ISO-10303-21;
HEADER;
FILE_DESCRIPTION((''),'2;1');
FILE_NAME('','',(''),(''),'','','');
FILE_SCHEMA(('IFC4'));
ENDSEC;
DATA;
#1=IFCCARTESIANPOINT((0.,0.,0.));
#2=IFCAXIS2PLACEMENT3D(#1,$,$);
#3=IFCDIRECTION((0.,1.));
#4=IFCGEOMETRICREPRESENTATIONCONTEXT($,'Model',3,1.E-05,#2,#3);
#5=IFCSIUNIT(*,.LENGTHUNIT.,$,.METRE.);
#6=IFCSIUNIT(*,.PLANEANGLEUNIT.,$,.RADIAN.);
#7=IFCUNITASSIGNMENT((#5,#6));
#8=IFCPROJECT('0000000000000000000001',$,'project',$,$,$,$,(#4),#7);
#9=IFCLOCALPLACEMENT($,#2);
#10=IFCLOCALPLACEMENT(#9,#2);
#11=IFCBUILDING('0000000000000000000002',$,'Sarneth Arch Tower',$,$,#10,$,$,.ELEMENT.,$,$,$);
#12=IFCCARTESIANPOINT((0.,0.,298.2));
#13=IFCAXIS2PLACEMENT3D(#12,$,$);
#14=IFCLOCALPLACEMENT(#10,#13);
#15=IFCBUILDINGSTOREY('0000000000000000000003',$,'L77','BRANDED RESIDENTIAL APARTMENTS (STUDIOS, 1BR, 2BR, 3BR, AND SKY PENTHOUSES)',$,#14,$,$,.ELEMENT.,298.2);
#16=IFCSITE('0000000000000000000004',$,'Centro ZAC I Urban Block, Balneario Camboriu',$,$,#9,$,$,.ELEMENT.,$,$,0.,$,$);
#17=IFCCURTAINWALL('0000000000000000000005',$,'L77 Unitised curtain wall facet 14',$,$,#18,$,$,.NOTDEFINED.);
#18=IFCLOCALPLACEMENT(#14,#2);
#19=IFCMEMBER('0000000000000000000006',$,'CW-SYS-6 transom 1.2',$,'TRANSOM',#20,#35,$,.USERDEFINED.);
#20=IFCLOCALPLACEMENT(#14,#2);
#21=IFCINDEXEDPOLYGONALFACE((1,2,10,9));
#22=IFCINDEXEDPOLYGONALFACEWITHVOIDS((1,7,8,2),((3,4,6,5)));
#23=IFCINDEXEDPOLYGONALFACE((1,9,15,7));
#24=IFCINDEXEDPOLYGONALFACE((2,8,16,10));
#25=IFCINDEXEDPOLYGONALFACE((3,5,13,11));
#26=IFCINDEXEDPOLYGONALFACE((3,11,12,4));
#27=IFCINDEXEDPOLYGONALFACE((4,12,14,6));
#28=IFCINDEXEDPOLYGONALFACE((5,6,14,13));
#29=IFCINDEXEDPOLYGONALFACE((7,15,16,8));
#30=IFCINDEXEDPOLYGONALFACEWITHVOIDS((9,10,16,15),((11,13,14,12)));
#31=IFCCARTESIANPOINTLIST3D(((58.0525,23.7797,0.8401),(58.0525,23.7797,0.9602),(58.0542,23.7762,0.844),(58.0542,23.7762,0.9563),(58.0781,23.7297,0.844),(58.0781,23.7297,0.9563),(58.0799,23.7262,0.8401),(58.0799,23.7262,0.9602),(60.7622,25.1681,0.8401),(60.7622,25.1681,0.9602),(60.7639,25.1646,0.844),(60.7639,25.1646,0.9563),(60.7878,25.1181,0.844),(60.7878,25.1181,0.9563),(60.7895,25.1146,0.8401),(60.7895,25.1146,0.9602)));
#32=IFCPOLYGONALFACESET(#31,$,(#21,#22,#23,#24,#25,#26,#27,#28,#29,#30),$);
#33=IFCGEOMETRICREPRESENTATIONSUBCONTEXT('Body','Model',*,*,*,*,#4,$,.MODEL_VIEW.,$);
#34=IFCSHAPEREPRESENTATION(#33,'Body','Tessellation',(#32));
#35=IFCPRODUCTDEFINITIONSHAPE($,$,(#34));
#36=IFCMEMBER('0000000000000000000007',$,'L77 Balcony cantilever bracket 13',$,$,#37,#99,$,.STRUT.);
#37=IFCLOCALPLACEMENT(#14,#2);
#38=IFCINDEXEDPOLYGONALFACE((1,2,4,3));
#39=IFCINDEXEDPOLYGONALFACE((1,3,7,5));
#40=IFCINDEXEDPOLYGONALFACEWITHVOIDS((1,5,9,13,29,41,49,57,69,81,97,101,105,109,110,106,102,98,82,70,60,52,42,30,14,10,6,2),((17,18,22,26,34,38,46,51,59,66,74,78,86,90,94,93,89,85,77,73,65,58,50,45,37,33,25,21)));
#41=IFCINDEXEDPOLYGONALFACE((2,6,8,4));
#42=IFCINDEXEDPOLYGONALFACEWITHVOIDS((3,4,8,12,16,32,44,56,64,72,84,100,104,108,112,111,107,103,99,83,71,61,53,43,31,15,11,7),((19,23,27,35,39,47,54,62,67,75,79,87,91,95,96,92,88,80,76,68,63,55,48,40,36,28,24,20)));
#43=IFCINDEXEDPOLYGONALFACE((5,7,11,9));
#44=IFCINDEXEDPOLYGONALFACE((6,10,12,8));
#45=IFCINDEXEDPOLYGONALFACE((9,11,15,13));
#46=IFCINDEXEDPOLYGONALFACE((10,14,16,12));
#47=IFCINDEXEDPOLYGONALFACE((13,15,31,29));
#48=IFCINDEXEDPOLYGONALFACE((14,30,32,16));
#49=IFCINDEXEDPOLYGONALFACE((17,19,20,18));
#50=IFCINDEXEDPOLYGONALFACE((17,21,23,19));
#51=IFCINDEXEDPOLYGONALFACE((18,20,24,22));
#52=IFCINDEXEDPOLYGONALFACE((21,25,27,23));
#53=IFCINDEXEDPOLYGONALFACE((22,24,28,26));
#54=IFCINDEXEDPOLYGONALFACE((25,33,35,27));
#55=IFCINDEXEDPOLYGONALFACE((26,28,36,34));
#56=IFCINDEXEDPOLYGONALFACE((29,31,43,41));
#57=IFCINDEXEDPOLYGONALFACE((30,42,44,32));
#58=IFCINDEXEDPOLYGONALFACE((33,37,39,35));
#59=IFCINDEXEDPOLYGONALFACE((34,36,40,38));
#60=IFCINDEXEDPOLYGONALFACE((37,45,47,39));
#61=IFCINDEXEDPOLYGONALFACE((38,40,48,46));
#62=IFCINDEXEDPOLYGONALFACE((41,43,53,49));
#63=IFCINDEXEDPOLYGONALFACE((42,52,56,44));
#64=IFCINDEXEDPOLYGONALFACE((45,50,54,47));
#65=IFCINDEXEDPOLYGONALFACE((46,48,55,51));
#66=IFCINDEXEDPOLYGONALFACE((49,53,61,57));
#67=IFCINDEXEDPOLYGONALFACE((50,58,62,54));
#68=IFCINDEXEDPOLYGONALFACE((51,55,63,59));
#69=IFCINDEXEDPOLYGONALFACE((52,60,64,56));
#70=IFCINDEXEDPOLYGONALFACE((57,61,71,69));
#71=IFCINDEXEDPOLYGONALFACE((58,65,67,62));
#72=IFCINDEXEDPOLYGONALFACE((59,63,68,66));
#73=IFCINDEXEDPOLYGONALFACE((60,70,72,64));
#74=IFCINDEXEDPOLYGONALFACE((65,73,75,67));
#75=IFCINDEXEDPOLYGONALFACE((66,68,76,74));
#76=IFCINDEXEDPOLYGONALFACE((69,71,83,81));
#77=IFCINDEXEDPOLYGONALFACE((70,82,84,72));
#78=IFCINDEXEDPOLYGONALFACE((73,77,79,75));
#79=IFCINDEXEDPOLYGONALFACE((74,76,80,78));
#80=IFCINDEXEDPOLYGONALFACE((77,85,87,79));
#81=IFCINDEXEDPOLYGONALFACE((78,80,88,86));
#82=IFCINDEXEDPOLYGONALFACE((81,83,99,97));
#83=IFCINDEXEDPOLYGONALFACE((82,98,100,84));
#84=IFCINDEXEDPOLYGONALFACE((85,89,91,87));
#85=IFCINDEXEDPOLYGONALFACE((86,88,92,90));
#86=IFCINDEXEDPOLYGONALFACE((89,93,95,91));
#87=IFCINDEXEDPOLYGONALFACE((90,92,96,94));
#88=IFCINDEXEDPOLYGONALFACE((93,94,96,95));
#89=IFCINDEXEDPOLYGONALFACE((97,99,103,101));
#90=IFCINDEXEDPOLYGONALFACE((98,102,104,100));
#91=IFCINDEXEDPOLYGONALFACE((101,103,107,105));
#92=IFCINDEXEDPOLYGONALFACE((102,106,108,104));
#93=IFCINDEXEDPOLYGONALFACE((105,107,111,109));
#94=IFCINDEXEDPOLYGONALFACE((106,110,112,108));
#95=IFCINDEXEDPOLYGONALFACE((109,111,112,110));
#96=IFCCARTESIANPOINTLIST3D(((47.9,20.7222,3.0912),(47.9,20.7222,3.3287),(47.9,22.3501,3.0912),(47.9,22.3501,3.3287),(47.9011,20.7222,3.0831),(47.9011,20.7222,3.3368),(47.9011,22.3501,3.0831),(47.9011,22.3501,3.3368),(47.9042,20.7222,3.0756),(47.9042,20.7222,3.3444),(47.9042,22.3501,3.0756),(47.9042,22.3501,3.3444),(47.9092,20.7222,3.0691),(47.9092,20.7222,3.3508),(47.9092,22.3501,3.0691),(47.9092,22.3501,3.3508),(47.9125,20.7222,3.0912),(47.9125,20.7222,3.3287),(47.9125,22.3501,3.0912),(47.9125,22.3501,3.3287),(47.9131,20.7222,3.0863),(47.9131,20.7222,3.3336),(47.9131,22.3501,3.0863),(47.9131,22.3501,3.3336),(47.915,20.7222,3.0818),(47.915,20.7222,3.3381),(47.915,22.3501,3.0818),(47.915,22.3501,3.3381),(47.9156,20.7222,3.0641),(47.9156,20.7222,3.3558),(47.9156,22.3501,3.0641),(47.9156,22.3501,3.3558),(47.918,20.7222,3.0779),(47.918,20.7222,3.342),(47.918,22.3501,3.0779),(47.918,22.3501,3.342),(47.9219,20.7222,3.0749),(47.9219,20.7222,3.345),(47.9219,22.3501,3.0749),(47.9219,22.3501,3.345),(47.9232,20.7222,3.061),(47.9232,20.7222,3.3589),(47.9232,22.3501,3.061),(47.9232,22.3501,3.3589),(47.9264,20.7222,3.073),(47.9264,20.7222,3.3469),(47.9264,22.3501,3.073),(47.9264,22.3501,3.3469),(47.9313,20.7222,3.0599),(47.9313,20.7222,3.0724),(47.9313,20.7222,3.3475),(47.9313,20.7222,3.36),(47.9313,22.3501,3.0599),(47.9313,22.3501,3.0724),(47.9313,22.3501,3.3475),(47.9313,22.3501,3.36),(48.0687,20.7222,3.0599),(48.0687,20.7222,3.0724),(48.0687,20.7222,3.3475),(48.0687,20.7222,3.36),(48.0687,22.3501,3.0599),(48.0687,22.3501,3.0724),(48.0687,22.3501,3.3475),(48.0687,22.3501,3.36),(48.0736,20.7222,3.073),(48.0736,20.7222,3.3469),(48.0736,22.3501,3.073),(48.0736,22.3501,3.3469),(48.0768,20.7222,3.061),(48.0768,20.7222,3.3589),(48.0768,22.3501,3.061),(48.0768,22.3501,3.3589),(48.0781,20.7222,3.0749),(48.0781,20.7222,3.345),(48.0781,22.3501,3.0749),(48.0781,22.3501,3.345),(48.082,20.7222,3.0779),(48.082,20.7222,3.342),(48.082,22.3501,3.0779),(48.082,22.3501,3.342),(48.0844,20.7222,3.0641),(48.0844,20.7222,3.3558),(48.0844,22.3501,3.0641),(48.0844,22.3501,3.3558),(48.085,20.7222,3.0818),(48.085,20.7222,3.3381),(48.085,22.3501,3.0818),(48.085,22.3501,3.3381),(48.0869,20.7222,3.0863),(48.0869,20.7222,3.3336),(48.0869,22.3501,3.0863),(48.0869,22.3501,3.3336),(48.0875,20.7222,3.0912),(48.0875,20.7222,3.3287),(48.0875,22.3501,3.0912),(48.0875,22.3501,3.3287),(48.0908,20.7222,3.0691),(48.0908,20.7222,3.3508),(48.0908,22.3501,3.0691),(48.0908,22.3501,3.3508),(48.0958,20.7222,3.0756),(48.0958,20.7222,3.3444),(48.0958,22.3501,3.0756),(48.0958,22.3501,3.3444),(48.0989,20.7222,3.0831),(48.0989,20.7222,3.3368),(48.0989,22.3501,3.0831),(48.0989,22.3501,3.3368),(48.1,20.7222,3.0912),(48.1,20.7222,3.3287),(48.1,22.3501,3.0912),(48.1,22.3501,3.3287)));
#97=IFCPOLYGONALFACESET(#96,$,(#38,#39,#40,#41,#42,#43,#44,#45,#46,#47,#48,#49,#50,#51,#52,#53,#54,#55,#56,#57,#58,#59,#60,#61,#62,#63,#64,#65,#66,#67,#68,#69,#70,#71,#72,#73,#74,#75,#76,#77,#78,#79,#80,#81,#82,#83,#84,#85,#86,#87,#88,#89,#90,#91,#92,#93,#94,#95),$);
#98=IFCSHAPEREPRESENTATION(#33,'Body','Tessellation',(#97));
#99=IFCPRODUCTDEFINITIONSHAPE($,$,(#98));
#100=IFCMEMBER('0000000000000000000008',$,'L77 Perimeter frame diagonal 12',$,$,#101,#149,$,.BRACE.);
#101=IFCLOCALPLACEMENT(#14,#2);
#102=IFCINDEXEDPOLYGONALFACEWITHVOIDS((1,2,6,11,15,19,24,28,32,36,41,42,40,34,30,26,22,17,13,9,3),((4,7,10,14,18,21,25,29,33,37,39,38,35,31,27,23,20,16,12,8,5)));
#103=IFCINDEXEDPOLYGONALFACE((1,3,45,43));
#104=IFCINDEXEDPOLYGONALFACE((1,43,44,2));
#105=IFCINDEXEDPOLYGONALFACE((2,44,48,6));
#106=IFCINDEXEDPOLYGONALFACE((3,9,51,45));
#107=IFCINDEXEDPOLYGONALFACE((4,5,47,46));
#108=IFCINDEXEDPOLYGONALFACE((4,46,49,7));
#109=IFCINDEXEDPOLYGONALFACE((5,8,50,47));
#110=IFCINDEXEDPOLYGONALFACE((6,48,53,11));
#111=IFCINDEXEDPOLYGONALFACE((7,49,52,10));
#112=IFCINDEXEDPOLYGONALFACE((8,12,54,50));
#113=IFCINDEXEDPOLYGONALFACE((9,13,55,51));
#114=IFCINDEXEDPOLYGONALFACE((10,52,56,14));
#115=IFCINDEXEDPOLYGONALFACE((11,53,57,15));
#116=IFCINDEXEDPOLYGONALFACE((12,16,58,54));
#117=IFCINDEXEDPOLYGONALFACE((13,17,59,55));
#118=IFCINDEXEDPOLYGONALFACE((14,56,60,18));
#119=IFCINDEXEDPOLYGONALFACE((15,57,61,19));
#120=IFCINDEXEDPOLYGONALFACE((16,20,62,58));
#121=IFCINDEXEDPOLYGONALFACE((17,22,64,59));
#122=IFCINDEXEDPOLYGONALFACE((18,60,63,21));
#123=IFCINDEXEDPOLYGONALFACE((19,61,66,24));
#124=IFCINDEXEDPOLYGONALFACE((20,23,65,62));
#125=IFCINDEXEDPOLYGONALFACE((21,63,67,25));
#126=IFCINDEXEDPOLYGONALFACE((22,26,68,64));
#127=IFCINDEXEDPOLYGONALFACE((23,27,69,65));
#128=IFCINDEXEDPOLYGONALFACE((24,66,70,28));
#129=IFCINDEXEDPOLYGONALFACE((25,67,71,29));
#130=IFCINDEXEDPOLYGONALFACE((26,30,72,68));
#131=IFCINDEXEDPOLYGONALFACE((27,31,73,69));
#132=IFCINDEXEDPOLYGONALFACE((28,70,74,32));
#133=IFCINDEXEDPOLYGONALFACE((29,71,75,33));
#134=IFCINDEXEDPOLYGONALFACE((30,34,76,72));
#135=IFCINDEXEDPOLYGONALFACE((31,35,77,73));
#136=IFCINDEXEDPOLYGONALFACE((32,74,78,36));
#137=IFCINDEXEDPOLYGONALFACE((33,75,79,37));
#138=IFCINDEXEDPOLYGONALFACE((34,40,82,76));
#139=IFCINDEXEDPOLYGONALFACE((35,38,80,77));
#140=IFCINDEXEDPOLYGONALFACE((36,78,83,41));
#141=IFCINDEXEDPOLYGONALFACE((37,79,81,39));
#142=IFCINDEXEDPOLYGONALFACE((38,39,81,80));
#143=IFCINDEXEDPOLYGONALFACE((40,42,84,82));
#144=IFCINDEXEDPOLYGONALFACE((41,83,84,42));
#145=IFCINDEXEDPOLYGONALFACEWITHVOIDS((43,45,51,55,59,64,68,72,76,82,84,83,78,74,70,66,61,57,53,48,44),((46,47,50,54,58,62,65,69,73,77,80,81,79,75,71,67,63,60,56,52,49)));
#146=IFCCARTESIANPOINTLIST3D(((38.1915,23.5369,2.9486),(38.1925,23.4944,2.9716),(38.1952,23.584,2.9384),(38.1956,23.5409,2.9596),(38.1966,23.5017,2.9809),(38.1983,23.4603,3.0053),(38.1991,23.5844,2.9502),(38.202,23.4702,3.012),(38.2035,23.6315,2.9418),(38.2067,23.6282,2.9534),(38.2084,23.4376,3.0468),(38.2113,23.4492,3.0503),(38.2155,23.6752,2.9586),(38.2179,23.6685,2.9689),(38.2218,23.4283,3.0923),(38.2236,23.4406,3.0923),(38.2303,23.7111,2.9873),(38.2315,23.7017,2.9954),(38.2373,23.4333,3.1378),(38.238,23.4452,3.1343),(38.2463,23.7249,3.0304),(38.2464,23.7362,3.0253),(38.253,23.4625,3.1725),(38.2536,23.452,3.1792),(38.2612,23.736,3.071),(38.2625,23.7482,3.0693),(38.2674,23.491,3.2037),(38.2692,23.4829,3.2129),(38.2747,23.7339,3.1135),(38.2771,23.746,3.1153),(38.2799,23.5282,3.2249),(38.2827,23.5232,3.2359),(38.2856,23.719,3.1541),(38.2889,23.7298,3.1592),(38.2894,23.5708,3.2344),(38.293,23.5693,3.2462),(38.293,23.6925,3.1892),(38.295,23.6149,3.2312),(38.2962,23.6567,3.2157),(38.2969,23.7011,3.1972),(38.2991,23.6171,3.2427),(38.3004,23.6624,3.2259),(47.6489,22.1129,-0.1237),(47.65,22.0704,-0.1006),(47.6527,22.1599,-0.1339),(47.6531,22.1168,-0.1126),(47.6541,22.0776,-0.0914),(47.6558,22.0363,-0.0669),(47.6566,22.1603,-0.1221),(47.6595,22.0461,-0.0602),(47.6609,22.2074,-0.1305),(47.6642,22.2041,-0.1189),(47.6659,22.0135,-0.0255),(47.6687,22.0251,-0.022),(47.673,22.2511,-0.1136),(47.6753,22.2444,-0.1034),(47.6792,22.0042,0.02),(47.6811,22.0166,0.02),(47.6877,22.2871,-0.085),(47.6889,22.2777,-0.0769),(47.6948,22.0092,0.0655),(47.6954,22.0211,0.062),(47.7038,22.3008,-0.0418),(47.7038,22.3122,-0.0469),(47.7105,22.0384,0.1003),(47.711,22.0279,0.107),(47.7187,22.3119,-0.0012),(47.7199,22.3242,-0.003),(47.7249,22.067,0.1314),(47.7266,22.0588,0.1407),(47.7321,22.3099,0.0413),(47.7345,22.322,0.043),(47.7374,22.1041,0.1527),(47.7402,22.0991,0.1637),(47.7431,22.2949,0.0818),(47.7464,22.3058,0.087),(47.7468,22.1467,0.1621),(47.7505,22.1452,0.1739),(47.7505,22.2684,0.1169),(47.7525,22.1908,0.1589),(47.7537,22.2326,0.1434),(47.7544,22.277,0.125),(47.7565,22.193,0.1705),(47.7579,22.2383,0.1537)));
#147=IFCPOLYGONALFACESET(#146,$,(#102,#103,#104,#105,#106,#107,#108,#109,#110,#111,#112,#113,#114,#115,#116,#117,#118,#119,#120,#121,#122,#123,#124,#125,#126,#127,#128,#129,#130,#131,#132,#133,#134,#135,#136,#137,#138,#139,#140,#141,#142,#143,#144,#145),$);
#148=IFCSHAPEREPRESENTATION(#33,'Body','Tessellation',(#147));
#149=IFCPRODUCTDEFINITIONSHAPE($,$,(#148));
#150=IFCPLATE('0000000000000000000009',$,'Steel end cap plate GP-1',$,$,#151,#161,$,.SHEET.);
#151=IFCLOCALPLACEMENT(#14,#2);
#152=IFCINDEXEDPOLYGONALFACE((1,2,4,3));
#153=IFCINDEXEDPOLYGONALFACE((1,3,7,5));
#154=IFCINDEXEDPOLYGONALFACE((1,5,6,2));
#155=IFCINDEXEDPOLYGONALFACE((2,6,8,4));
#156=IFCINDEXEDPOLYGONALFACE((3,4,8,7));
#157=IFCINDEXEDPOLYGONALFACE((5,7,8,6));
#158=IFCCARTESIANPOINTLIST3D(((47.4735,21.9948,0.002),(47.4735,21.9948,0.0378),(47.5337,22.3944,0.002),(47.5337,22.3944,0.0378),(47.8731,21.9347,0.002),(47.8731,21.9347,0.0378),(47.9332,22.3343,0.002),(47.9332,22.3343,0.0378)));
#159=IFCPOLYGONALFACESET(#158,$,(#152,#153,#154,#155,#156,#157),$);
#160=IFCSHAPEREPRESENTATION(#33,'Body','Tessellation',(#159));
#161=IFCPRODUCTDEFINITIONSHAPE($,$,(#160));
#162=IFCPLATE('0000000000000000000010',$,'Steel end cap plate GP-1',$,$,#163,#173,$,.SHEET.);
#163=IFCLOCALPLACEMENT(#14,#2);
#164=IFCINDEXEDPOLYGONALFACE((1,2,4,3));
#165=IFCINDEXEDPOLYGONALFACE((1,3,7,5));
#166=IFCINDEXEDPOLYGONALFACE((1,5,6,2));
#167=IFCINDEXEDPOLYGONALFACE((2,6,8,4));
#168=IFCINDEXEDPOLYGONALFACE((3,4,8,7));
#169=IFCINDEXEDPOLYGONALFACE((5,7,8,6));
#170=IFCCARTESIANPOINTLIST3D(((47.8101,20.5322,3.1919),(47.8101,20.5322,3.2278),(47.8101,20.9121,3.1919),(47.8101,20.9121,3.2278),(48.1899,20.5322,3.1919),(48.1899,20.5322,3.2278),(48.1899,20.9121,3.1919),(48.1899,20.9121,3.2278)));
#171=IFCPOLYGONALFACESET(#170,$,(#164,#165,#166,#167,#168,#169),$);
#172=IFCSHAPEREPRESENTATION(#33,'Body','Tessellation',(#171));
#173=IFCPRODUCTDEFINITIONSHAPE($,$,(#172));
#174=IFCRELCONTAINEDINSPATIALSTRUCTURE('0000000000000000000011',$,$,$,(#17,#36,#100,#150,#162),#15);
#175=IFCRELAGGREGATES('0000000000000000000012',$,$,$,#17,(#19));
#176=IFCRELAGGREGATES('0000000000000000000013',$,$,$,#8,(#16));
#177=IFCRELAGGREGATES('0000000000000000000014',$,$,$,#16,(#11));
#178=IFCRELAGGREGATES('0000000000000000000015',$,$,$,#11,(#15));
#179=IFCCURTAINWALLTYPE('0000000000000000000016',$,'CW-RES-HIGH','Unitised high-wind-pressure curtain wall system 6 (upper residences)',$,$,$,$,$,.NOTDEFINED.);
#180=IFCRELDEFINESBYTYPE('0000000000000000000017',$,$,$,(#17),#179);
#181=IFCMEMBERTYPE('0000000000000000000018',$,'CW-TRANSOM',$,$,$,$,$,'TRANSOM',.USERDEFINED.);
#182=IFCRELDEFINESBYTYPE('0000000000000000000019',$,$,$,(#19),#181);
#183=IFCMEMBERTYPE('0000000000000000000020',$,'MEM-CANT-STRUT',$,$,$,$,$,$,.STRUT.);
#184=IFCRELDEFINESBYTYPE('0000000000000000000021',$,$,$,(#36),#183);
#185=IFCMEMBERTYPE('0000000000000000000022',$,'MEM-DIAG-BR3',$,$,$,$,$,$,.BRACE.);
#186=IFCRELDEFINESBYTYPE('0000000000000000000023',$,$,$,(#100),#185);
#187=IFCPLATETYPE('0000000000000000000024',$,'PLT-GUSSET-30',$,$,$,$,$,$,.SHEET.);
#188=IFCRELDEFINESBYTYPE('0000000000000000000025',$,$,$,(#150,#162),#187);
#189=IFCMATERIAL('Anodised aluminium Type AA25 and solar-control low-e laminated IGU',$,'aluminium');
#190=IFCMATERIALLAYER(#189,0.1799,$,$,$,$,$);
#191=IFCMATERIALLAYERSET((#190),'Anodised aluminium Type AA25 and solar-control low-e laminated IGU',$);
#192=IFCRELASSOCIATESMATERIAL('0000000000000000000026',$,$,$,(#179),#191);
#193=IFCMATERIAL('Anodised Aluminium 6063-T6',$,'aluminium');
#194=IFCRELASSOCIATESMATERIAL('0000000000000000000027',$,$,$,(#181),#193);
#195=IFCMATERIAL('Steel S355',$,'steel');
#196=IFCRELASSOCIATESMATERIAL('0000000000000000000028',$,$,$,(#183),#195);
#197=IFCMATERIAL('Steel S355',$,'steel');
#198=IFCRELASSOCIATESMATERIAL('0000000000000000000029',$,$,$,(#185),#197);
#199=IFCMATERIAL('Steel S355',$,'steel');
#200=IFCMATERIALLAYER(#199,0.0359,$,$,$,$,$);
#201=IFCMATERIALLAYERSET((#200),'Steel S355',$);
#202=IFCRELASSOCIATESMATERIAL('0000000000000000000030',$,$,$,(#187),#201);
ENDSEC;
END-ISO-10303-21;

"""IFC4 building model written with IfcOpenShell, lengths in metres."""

from ifc_helpers import new_model, si_unit, direction, frame, origin, origin_2d, place, context, subcontext, project, spatial, rectangle, hollow_rectangle, hollow_circle, extrude, material, layer, layer_set, material_profile, profile_set, type_object, element, aggregate, save


model = new_model("IFC4")

# Units and contexts
model_context = context("Model", 3, precision=1e-05, world=origin(), true_north=direction((0.0, 1.0)))
body_context = subcontext(model_context, "Body", "Model", "MODEL_VIEW")
ifc_project = project(units=[si_unit("LENGTHUNIT", "METRE"), si_unit("PLANEANGLEUNIT", "RADIAN")], contexts=[model_context])

# Site, building, storey
site_placement = place(None, origin())
site = spatial("IfcSite", under=ifc_project, at=site_placement, Name="Centro ZAC I Urban Block, Balneario Camboriu", CompositionType="ELEMENT", RefElevation=0.0)
building_placement = place(site_placement, origin())
building = spatial("IfcBuilding", under=site, at=building_placement, Name="Sarneth Arch Tower", CompositionType="ELEMENT")
storey_placement = place(building_placement, frame((0.0, 0.0, 298.2)))
storey = spatial("IfcBuildingStorey", under=building, at=storey_placement, Name="L77", Description="BRANDED RESIDENTIAL APARTMENTS (STUDIOS, 1BR, 2BR, 3BR, AND SKY PENTHOUSES)", CompositionType="ELEMENT", Elevation=298.2)

# Curtain wall, member
ifc_material_1 = material(Name="Anodised aluminium Type AA25 and solar-control low-e laminated IGU", Category="aluminium")
ifc_layer_1 = layer(ifc_material_1, 0.1799)
ifc_layer_set_1 = layer_set([ifc_layer_1], Name="Anodised aluminium Type AA25 and solar-control low-e laminated IGU")
curtain_wall_type = type_object("IfcCurtainWallType", Name="CW-RES-HIGH", Description="Unitised high-wind-pressure curtain wall system 6 (upper residences)", PredefinedType="NOTDEFINED", material=ifc_layer_set_1)
curtain_wall_placement = place(storey_placement, origin())
curtain_wall = element("IfcCurtainWall", 1, at=curtain_wall_placement, inside=storey, type_object=curtain_wall_type, Name="L77 Unitised curtain wall facet 14", PredefinedType="NOTDEFINED")
ifc_material_2 = material(Name="Anodised Aluminium 6063-T6", Category="aluminium")
ifc_material_profile_1 = material_profile(ifc_material_2, hollow_rectangle(XDim=0.0601, YDim=0.1201, WallThickness=0.0039, at=origin_2d()), Name="AL-TRAN-120x60x4")
ifc_profile_set_1 = profile_set([ifc_material_profile_1], Name="Anodised Aluminium 6063-T6")
member_type_1 = type_object("IfcMemberType", Name="CW-TRANSOM", ElementType="TRANSOM", PredefinedType="USERDEFINED", material=ifc_profile_set_1)
member_1_placement = place(storey_placement, frame((58.0662, 23.7529, 0.9001), z_axis=(0.889974, 0.456012, 0.0), x_axis=(-0.456012, 0.889974, 0.0)))
member_1 = element("IfcMember", 2, at=member_1_placement, type_object=member_type_1, Name="CW-SYS-6 transom 1.2", ObjectType="TRANSOM", PredefinedType="USERDEFINED", context=body_context, shape_type="SweptSolid", body=[
    extrude(hollow_rectangle(XDim=0.0601, YDim=0.1201, WallThickness=0.0039, at=origin_2d()), origin(), (0.0, 0.0, 1.0), 3.0447),
])
aggregate(curtain_wall, [member_1])

# Members
ifc_material_3 = material(Name="Steel S355", Category="steel")
ifc_material_profile_2 = material_profile(ifc_material_3, hollow_rectangle(XDim=0.2, YDim=0.3, WallThickness=0.0125, InnerFilletRadius=0.0188, OuterFilletRadius=0.0312, at=origin_2d()), Name="RHS300x200x12.5")
ifc_profile_set_2 = profile_set([ifc_material_profile_2], Name="Steel S355")
member_type_2 = type_object("IfcMemberType", Name="MEM-CANT-STRUT", PredefinedType="STRUT", material=ifc_profile_set_2)
member_2_placement = place(storey_placement, frame((48.0, 22.3501, 3.21), z_axis=(0.0, -1.0, 0.0), x_axis=(1.0, 0.0, 0.0)))
element("IfcMember", 3, at=member_2_placement, inside=storey, type_object=member_type_2, Name="L77 Balcony cantilever bracket 13", PredefinedType="STRUT", context=body_context, shape_type="SweptSolid", body=[
    extrude(hollow_rectangle(XDim=0.2, YDim=0.3, WallThickness=0.0125, InnerFilletRadius=0.0188, OuterFilletRadius=0.0312, at=origin_2d()), origin(), (0.0, 0.0, 1.0), 1.6279),
])
ifc_material_4 = material(Name="Steel S355", Category="steel")
ifc_material_profile_3 = material_profile(ifc_material_4, hollow_circle(Radius=0.1621, WallThickness=0.0125, at=origin_2d()), Name="CHS324x12.5")
ifc_profile_set_3 = profile_set([ifc_material_profile_3], Name="Steel S355")
member_type_3 = type_object("IfcMemberType", Name="MEM-DIAG-BR3", PredefinedType="BRACE", material=ifc_profile_set_3)
member_3_placement = place(storey_placement, frame((47.7034, 22.1646, 0.02), z_axis=(-0.941471, 0.141763, 0.305836), x_axis=(-0.148897, -0.988853, 0.0)))
element("IfcMember", 4, at=member_3_placement, inside=storey, type_object=member_type_3, Name="L77 Perimeter frame diagonal 12", PredefinedType="BRACE", context=body_context, shape_type="SweptSolid", body=[
    extrude(hollow_circle(Radius=0.1621, WallThickness=0.0125, at=origin_2d()), origin(), (0.0, 0.0, 1.0), 10.0454),
])

# Plates
ifc_material_5 = material(Name="Steel S355", Category="steel")
ifc_layer_2 = layer(ifc_material_5, 0.0359)
ifc_layer_set_2 = layer_set([ifc_layer_2], Name="Steel S355")
plate_type = type_object("IfcPlateType", Name="PLT-GUSSET-30", PredefinedType="SHEET", material=ifc_layer_set_2)
plate_1_placement = place(storey_placement, frame((47.7034, 22.1646, 0.002), z_axis=(0.0, 0.0, 1.0), x_axis=(0.988861, -0.148845, 0.0)))
element("IfcPlate", 5, at=plate_1_placement, inside=storey, type_object=plate_type, Name="Steel end cap plate GP-1", PredefinedType="SHEET", context=body_context, shape_type="SweptSolid", body=[
    extrude(rectangle(XDim=0.4041, YDim=0.4041, at=origin_2d()), origin(), (0.0, 0.0, 1.0), 0.0359),
])
plate_2_placement = place(storey_placement, frame((48.0, 20.7222, 3.1919), z_axis=(0.0, 0.0, 1.0), x_axis=(0.0, -1.0, 0.0)))
element("IfcPlate", 6, at=plate_2_placement, inside=storey, type_object=plate_type, Name="Steel end cap plate GP-1", PredefinedType="SHEET", context=body_context, shape_type="SweptSolid", body=[
    extrude(rectangle(XDim=0.3799, YDim=0.3799, at=origin_2d()), origin(), (0.0, 0.0, 1.0), 0.0359),
])

save(model, "model.ifc")
